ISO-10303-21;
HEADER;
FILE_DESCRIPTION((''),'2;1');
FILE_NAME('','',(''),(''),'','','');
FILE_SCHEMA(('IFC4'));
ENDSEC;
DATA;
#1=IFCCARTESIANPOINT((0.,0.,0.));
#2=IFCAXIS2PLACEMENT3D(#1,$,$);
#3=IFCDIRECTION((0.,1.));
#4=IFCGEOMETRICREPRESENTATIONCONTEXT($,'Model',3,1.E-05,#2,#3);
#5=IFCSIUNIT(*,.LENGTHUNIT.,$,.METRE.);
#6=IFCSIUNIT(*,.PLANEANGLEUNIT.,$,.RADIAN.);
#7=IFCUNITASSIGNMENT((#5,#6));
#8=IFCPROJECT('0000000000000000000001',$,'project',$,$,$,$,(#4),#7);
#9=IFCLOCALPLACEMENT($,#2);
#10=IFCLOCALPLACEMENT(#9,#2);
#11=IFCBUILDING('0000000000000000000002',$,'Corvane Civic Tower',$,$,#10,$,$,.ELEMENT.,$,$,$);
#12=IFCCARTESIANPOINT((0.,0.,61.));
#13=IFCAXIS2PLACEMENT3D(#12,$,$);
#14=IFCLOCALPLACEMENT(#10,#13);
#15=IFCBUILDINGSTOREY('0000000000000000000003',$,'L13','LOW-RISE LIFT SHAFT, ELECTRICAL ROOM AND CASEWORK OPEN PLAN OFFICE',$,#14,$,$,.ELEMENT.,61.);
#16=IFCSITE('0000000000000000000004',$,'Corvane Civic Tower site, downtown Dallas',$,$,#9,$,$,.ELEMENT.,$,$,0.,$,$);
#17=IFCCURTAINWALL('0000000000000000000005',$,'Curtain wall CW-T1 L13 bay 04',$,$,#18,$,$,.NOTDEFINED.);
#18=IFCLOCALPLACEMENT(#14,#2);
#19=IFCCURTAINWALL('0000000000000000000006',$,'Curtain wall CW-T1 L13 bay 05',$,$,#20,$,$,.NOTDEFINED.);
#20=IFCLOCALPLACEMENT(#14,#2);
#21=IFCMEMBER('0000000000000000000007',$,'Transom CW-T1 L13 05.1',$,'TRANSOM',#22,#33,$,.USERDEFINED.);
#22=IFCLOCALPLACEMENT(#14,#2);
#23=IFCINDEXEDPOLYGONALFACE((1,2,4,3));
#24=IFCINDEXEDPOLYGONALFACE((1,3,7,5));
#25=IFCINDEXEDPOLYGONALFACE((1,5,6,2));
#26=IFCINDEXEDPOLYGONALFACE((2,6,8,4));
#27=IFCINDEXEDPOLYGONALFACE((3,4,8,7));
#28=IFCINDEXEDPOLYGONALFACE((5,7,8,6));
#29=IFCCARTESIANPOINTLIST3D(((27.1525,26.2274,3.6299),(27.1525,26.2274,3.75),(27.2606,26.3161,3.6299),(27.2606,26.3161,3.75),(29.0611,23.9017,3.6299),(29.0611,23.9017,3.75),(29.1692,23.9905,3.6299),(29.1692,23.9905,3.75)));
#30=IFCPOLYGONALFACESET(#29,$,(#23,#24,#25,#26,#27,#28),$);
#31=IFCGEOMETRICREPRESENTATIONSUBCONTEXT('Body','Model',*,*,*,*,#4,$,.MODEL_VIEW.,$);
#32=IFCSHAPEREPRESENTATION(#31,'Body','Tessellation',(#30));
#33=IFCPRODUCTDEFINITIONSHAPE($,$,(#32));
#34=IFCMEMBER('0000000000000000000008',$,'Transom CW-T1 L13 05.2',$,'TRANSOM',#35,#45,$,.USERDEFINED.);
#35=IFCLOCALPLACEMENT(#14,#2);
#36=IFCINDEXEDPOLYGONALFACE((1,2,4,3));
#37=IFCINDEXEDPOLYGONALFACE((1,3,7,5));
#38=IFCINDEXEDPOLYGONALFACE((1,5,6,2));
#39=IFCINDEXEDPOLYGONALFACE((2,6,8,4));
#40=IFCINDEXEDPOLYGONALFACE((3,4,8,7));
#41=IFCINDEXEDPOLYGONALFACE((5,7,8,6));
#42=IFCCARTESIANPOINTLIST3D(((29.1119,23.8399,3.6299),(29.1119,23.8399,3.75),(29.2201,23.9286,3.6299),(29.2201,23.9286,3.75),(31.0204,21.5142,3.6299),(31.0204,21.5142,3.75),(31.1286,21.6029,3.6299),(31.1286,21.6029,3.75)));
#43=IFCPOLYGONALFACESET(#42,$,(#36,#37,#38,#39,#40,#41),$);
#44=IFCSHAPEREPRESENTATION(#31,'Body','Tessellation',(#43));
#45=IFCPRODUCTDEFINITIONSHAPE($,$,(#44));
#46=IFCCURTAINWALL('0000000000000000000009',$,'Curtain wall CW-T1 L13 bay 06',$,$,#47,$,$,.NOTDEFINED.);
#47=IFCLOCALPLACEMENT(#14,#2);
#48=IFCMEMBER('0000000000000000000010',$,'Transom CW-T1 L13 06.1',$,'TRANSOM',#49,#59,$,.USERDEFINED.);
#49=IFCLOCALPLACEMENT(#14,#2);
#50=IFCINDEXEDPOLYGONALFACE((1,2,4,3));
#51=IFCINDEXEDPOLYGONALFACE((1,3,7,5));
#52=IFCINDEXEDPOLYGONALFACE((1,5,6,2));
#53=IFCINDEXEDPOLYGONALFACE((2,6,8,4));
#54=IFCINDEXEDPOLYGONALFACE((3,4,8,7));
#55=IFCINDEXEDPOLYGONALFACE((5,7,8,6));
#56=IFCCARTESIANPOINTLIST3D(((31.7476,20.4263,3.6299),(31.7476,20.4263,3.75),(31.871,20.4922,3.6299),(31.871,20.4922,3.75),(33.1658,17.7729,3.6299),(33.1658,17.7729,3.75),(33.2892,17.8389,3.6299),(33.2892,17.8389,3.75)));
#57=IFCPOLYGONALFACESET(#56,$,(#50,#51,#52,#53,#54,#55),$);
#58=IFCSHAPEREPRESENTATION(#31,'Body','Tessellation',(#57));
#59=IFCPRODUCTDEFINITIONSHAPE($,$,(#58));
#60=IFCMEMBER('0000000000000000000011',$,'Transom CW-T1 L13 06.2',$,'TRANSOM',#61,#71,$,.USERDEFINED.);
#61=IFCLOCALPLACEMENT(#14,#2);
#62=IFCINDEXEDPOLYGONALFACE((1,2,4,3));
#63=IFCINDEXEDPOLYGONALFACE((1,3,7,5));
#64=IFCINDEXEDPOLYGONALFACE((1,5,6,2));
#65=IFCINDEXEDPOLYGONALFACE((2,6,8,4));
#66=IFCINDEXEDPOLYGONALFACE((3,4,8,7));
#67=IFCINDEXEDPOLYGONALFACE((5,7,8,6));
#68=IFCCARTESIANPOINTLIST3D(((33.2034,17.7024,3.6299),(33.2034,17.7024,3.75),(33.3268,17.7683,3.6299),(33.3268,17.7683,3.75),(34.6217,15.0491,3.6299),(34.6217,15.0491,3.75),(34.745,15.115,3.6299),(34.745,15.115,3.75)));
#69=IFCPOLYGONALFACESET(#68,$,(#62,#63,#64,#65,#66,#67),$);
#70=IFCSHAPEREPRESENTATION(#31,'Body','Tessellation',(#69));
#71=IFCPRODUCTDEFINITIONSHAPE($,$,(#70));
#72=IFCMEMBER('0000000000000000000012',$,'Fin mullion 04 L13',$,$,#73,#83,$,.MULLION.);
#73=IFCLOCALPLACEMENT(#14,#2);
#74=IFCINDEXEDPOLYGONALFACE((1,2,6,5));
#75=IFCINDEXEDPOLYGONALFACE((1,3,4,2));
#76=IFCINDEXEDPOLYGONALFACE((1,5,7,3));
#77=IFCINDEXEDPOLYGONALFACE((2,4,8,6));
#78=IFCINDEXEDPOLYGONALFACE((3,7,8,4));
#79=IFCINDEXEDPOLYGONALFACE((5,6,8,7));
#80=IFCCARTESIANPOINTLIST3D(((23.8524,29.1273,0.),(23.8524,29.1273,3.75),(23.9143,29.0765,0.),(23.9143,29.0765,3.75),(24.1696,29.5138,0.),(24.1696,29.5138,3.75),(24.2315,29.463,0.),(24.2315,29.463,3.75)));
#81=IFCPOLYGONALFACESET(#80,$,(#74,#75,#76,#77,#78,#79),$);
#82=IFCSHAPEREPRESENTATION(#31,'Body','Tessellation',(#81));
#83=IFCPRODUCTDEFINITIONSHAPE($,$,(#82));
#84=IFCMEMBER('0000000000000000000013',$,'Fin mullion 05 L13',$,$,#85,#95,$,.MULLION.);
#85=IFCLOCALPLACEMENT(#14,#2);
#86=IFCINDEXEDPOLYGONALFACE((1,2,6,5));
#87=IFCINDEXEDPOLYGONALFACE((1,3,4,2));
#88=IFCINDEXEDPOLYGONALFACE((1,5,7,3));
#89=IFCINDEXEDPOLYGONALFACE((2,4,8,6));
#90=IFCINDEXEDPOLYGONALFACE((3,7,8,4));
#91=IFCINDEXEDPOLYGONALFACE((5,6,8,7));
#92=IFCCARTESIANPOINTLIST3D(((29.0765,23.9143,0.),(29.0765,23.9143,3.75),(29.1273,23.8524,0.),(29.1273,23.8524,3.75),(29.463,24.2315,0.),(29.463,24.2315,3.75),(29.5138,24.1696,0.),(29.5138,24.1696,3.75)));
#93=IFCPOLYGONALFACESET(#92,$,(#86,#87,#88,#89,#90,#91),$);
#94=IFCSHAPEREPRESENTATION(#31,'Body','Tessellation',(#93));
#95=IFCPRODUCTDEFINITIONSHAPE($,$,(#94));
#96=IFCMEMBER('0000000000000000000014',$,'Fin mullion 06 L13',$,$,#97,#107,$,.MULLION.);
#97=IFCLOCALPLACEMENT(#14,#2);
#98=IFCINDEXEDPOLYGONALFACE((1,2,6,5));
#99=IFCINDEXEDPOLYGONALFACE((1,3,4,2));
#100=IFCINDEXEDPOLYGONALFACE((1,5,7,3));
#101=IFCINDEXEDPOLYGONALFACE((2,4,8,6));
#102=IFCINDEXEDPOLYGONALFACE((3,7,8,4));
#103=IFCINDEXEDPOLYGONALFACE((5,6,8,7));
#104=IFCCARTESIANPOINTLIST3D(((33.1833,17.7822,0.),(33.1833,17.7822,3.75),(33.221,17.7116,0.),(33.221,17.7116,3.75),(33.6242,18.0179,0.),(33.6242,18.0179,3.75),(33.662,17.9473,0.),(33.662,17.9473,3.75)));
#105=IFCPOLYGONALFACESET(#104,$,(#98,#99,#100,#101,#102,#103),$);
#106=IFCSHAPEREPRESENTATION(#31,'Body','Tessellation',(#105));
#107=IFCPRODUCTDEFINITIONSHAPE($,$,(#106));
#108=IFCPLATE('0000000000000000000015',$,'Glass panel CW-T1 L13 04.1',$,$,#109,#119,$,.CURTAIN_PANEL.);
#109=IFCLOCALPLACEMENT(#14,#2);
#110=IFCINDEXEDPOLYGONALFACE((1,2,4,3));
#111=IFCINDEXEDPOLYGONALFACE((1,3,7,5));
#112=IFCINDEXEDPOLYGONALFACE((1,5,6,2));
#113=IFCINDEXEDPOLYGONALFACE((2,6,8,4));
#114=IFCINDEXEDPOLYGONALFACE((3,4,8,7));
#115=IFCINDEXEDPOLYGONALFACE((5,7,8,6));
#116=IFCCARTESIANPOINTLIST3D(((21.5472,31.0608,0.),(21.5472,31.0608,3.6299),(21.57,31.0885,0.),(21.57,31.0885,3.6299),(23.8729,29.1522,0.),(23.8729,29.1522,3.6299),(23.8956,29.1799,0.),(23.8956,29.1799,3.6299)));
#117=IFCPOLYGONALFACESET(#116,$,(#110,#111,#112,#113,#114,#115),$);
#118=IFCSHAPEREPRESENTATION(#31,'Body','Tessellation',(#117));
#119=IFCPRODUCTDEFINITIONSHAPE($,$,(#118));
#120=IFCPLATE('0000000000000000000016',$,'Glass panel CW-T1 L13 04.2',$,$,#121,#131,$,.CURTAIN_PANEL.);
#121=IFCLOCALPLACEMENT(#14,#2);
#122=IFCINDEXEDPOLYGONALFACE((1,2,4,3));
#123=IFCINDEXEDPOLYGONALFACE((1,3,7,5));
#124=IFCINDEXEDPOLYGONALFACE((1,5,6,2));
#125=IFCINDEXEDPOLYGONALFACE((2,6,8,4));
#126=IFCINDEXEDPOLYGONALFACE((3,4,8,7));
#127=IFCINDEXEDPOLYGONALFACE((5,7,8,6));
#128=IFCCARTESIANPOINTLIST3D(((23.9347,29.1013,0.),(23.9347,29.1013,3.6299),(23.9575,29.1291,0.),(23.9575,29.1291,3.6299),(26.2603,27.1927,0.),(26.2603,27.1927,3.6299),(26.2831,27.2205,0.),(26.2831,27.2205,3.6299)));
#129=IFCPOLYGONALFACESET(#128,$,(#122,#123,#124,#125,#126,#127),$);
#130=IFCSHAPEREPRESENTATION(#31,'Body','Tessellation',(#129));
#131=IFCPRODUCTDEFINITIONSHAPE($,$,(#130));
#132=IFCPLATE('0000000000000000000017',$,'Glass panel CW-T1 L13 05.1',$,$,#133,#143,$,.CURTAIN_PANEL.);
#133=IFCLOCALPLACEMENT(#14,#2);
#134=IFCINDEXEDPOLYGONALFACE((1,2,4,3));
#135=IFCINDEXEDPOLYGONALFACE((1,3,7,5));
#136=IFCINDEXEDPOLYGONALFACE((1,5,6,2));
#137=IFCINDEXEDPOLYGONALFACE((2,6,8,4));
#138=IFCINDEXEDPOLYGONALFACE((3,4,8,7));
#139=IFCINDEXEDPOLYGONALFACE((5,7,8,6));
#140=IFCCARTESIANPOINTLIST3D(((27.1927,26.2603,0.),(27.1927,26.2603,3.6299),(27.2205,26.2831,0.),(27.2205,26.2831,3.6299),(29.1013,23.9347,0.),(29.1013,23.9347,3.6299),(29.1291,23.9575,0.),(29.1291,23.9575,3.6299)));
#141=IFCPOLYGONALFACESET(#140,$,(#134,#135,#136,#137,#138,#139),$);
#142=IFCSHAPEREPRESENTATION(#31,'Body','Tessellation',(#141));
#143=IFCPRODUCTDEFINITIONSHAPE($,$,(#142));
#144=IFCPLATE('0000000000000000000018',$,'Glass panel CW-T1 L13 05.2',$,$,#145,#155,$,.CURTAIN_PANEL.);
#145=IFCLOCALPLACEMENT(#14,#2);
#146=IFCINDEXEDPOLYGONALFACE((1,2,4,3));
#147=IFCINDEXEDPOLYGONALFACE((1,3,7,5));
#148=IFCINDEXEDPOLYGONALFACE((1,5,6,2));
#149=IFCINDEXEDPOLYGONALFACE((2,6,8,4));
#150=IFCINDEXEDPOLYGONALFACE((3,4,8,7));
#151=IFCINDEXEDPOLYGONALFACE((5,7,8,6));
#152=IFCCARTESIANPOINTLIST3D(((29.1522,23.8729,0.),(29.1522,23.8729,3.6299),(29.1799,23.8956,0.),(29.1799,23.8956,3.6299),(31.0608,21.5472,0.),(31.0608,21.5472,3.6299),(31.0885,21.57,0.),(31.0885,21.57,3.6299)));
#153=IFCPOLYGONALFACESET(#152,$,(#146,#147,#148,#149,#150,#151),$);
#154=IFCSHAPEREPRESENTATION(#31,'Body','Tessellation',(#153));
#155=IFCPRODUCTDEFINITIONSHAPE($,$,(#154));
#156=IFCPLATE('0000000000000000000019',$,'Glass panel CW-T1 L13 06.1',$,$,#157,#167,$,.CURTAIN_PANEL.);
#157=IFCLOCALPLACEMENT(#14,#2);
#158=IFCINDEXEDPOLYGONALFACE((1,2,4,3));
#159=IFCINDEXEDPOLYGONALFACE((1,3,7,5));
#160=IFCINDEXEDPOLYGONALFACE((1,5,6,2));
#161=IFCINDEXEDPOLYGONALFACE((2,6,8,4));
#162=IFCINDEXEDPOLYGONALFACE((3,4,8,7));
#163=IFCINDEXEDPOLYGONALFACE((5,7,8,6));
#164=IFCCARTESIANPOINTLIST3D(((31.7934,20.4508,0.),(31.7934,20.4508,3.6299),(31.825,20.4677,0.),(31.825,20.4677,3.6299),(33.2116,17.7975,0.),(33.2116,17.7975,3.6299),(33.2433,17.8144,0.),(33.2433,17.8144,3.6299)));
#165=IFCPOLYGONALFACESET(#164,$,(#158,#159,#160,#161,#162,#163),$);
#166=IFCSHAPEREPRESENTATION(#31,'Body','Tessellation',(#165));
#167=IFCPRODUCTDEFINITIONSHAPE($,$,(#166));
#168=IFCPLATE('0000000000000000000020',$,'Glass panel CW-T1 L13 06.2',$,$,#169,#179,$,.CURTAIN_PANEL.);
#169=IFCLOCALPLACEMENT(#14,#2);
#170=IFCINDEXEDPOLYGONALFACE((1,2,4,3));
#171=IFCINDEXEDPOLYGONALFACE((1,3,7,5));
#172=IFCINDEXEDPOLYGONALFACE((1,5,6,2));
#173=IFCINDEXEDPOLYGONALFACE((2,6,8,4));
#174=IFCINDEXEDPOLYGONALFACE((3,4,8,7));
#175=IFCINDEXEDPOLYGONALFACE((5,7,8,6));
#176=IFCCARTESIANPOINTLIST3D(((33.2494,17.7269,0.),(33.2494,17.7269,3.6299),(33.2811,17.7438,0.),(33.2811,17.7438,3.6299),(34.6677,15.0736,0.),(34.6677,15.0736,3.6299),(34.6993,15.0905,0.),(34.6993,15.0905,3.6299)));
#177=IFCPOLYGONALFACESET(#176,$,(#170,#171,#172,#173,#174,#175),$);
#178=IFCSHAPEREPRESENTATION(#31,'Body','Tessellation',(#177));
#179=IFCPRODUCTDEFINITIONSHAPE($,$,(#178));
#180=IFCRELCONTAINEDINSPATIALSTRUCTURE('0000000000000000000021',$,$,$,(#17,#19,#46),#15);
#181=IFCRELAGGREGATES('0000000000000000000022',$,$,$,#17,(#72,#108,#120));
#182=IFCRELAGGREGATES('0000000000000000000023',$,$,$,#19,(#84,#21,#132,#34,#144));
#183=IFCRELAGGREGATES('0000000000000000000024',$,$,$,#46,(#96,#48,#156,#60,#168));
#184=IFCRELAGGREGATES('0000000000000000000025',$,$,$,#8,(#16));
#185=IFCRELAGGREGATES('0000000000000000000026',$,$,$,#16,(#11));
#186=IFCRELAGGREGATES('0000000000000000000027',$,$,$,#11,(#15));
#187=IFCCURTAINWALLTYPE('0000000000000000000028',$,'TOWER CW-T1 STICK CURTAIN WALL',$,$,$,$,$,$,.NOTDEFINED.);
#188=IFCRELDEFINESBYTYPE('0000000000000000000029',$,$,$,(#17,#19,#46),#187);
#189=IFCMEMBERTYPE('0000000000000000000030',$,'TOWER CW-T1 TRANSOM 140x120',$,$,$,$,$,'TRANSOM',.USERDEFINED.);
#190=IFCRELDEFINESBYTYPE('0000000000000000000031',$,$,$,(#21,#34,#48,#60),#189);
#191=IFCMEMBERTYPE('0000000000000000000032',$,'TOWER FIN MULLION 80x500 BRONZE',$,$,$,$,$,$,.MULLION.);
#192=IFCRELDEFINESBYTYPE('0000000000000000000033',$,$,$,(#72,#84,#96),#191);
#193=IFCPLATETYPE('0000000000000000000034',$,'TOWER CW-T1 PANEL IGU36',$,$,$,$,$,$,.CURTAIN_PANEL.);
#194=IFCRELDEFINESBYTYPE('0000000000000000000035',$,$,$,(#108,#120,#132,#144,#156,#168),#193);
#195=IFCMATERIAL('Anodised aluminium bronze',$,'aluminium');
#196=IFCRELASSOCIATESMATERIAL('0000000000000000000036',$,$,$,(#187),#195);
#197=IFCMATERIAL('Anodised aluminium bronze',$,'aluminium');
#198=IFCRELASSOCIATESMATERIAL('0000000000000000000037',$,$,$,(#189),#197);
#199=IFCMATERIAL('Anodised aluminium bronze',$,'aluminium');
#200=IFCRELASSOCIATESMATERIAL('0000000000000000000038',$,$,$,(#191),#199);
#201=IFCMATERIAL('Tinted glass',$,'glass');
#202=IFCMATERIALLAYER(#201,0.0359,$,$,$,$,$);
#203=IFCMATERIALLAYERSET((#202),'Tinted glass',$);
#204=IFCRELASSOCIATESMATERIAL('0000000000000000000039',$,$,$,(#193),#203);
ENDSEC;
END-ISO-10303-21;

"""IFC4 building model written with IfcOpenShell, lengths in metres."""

from ifc_helpers import new_model, si_unit, direction, frame, origin, origin_2d, place, context, subcontext, project, spatial, rectangle, extrude, material, layer, layer_set, material_profile, profile_set, type_object, element, aggregate, save


model = new_model("IFC4")

# Units and contexts
model_context = context("Model", 3, precision=1e-05, world=origin(), true_north=direction((0.0, 1.0)))
body_context = subcontext(model_context, "Body", "Model", "MODEL_VIEW")
ifc_project = project(units=[si_unit("LENGTHUNIT", "METRE"), si_unit("PLANEANGLEUNIT", "RADIAN")], contexts=[model_context])

# Site, building, storey
site_placement = place(None, origin())
site = spatial("IfcSite", under=ifc_project, at=site_placement, Name="Corvane Civic Tower site, downtown Dallas", CompositionType="ELEMENT", RefElevation=0.0)
building_placement = place(site_placement, origin())
building = spatial("IfcBuilding", under=site, at=building_placement, Name="Corvane Civic Tower", CompositionType="ELEMENT")
storey_placement = place(building_placement, frame((0.0, 0.0, 61.0)))
storey = spatial("IfcBuildingStorey", under=building, at=storey_placement, Name="L13", Description="LOW-RISE LIFT SHAFT, ELECTRICAL ROOM AND CASEWORK OPEN PLAN OFFICE", CompositionType="ELEMENT", Elevation=61.0)

# Curtain walls, members
ifc_material_1 = material(Name="Anodised aluminium bronze", Category="aluminium")
curtain_wall_type = type_object("IfcCurtainWallType", Name="TOWER CW-T1 STICK CURTAIN WALL", PredefinedType="NOTDEFINED", material=ifc_material_1)
curtain_wall_1_placement = place(storey_placement, origin())
curtain_wall_1 = element("IfcCurtainWall", 1, at=curtain_wall_1_placement, inside=storey, type_object=curtain_wall_type, Name="Curtain wall CW-T1 L13 bay 04", PredefinedType="NOTDEFINED")
ifc_material_2 = material(Name="Anodised aluminium bronze", Category="aluminium")
ifc_material_profile_1 = material_profile(ifc_material_2, rectangle(XDim=0.1399, YDim=0.1201, at=origin_2d()), Name="TOWER CW-T1 TRANSOM 140x120")
ifc_profile_set_1 = profile_set([ifc_material_profile_1], Name="Anodised aluminium bronze")
member_type_1 = type_object("IfcMemberType", Name="TOWER CW-T1 TRANSOM 140x120", ElementType="TRANSOM", PredefinedType="USERDEFINED", material=ifc_profile_set_1)
curtain_wall_2_placement = place(storey_placement, origin())
curtain_wall_2 = element("IfcCurtainWall", 2, at=curtain_wall_2_placement, inside=storey, type_object=curtain_wall_type, Name="Curtain wall CW-T1 L13 bay 05", PredefinedType="NOTDEFINED")
member_1_placement = place(storey_placement, frame((27.2065, 26.2717, 3.6899), z_axis=(0.634404, -0.773002, 0.0), x_axis=(0.773002, 0.634404, 0.0)))
member_1 = element("IfcMember", 3, at=member_1_placement, type_object=member_type_1, Name="Transom CW-T1 L13 05.1", ObjectType="TRANSOM", PredefinedType="USERDEFINED", context=body_context, shape_type="SweptSolid", body=[
    extrude(rectangle(XDim=0.1399, YDim=0.1201, at=origin_2d()), origin(), (0.0, 0.0, 1.0), 3.0085),
])
member_2_placement = place(storey_placement, frame((29.166, 23.8843, 3.6899), z_axis=(0.634355, -0.773042, 0.0), x_axis=(0.773042, 0.634355, 0.0)))
member_2 = element("IfcMember", 4, at=member_2_placement, type_object=member_type_1, Name="Transom CW-T1 L13 05.2", ObjectType="TRANSOM", PredefinedType="USERDEFINED", context=body_context, shape_type="SweptSolid", body=[
    extrude(rectangle(XDim=0.1399, YDim=0.1201, at=origin_2d()), origin(), (0.0, 0.0, 1.0), 3.0085),
])
curtain_wall_3_placement = place(storey_placement, origin())
curtain_wall_3 = element("IfcCurtainWall", 5, at=curtain_wall_3_placement, inside=storey, type_object=curtain_wall_type, Name="Curtain wall CW-T1 L13 bay 06", PredefinedType="NOTDEFINED")
member_3_placement = place(storey_placement, frame((31.8093, 20.4592, 3.6899), z_axis=(0.471393, -0.881924, 0.0), x_axis=(0.881924, 0.471393, 0.0)))
member_3 = element("IfcMember", 6, at=member_3_placement, type_object=member_type_1, Name="Transom CW-T1 L13 06.1", ObjectType="TRANSOM", PredefinedType="USERDEFINED", context=body_context, shape_type="SweptSolid", body=[
    extrude(rectangle(XDim=0.1399, YDim=0.1201, at=origin_2d()), origin(), (0.0, 0.0, 1.0), 3.0085),
])
member_4_placement = place(storey_placement, frame((33.2651, 17.7354, 3.6899), z_axis=(0.471393, -0.881924, 0.0), x_axis=(0.881924, 0.471393, 0.0)))
member_4 = element("IfcMember", 7, at=member_4_placement, type_object=member_type_1, Name="Transom CW-T1 L13 06.2", ObjectType="TRANSOM", PredefinedType="USERDEFINED", context=body_context, shape_type="SweptSolid", body=[
    extrude(rectangle(XDim=0.1399, YDim=0.1201, at=origin_2d()), origin(), (0.0, 0.0, 1.0), 3.0085),
])

# Members
ifc_material_3 = material(Name="Anodised aluminium bronze", Category="aluminium")
ifc_material_profile_2 = material_profile(ifc_material_3, rectangle(XDim=0.0801, YDim=0.5, at=origin_2d()), Name="TOWER FIN MULLION 80x500 BRONZE")
ifc_profile_set_2 = profile_set([ifc_material_profile_2], Name="Anodised aluminium bronze")
member_type_2 = type_object("IfcMemberType", Name="TOWER FIN MULLION 80x500 BRONZE", PredefinedType="MULLION", material=ifc_profile_set_2)
member_5_placement = place(storey_placement, frame((24.042, 29.2952, 0.0), z_axis=(0.0, 0.0, 1.0), x_axis=(0.773007, -0.634397, 0.0)))
member_5 = element("IfcMember", 8, at=member_5_placement, type_object=member_type_2, Name="Fin mullion 04 L13", PredefinedType="MULLION", context=body_context, shape_type="SweptSolid", body=[
    extrude(rectangle(XDim=0.0801, YDim=0.5, at=origin_2d()), origin(), (0.0, 0.0, 1.0), 3.75),
])
member_6_placement = place(storey_placement, frame((29.2952, 24.042, 0.0), z_axis=(0.0, 0.0, 1.0), x_axis=(0.634397, -0.773007, 0.0)))
member_6 = element("IfcMember", 9, at=member_6_placement, type_object=member_type_2, Name="Fin mullion 05 L13", PredefinedType="MULLION", context=body_context, shape_type="SweptSolid", body=[
    extrude(rectangle(XDim=0.0801, YDim=0.5, at=origin_2d()), origin(), (0.0, 0.0, 1.0), 3.75),
])
member_7_placement = place(storey_placement, frame((33.4226, 17.8647, 0.0), z_axis=(0.0, 0.0, 1.0), x_axis=(0.471404, -0.881918, 0.0)))
member_7 = element("IfcMember", 10, at=member_7_placement, type_object=member_type_2, Name="Fin mullion 06 L13", PredefinedType="MULLION", context=body_context, shape_type="SweptSolid", body=[
    extrude(rectangle(XDim=0.0801, YDim=0.5, at=origin_2d()), origin(), (0.0, 0.0, 1.0), 3.75),
])

# Plates
ifc_material_4 = material(Name="Tinted glass", Category="glass")
ifc_layer_1 = layer(ifc_material_4, 0.0359)
ifc_layer_set_1 = layer_set([ifc_layer_1], Name="Tinted glass")
plate_type = type_object("IfcPlateType", Name="TOWER CW-T1 PANEL IGU36", PredefinedType="CURTAIN_PANEL", material=ifc_layer_set_1)
plate_1_placement = place(storey_placement, frame((22.7214, 30.1204, 0.0), z_axis=(0.0, 0.0, 1.0), x_axis=(0.773007, -0.634397, 0.0)))
plate_1 = element("IfcPlate", 11, at=plate_1_placement, type_object=plate_type, Name="Glass panel CW-T1 L13 04.1", PredefinedType="CURTAIN_PANEL", context=body_context, shape_type="SweptSolid", body=[
    extrude(rectangle(XDim=3.0085, YDim=0.0359, at=origin_2d()), origin(), (0.0, 0.0, 1.0), 3.6299),
])
plate_2_placement = place(storey_placement, frame((25.1089, 28.1609, 0.0), z_axis=(0.0, 0.0, 1.0), x_axis=(0.773007, -0.634397, 0.0)))
plate_2 = element("IfcPlate", 12, at=plate_2_placement, type_object=plate_type, Name="Glass panel CW-T1 L13 04.2", PredefinedType="CURTAIN_PANEL", context=body_context, shape_type="SweptSolid", body=[
    extrude(rectangle(XDim=3.0085, YDim=0.0359, at=origin_2d()), origin(), (0.0, 0.0, 1.0), 3.6299),
])
aggregate(curtain_wall_1, [member_5, plate_1, plate_2])
plate_3_placement = place(storey_placement, frame((28.1609, 25.1089, 0.0), z_axis=(0.0, 0.0, 1.0), x_axis=(0.634397, -0.773007, 0.0)))
plate_3 = element("IfcPlate", 13, at=plate_3_placement, type_object=plate_type, Name="Glass panel CW-T1 L13 05.1", PredefinedType="CURTAIN_PANEL", context=body_context, shape_type="SweptSolid", body=[
    extrude(rectangle(XDim=3.0085, YDim=0.0359, at=origin_2d()), origin(), (0.0, 0.0, 1.0), 3.6299),
])
plate_4_placement = place(storey_placement, frame((30.1204, 22.7214, 0.0), z_axis=(0.0, 0.0, 1.0), x_axis=(0.634397, -0.773007, 0.0)))
plate_4 = element("IfcPlate", 14, at=plate_4_placement, type_object=plate_type, Name="Glass panel CW-T1 L13 05.2", PredefinedType="CURTAIN_PANEL", context=body_context, shape_type="SweptSolid", body=[
    extrude(rectangle(XDim=3.0085, YDim=0.0359, at=origin_2d()), origin(), (0.0, 0.0, 1.0), 3.6299),
])
aggregate(curtain_wall_2, [member_6, member_1, plate_3, member_2, plate_4])
plate_5_placement = place(storey_placement, frame((32.5183, 19.1326, 0.0), z_axis=(0.0, 0.0, 1.0), x_axis=(0.471404, -0.881918, 0.0)))
plate_5 = element("IfcPlate", 15, at=plate_5_placement, type_object=plate_type, Name="Glass panel CW-T1 L13 06.1", PredefinedType="CURTAIN_PANEL", context=body_context, shape_type="SweptSolid", body=[
    extrude(rectangle(XDim=3.0085, YDim=0.0359, at=origin_2d()), origin(), (0.0, 0.0, 1.0), 3.6299),
])
plate_6_placement = place(storey_placement, frame((33.9744, 16.4087, 0.0), z_axis=(0.0, 0.0, 1.0), x_axis=(0.471404, -0.881918, 0.0)))
plate_6 = element("IfcPlate", 16, at=plate_6_placement, type_object=plate_type, Name="Glass panel CW-T1 L13 06.2", PredefinedType="CURTAIN_PANEL", context=body_context, shape_type="SweptSolid", body=[
    extrude(rectangle(XDim=3.0085, YDim=0.0359, at=origin_2d()), origin(), (0.0, 0.0, 1.0), 3.6299),
])
aggregate(curtain_wall_3, [member_7, member_3, plate_5, member_4, plate_6])

save(model, "model.ifc")
